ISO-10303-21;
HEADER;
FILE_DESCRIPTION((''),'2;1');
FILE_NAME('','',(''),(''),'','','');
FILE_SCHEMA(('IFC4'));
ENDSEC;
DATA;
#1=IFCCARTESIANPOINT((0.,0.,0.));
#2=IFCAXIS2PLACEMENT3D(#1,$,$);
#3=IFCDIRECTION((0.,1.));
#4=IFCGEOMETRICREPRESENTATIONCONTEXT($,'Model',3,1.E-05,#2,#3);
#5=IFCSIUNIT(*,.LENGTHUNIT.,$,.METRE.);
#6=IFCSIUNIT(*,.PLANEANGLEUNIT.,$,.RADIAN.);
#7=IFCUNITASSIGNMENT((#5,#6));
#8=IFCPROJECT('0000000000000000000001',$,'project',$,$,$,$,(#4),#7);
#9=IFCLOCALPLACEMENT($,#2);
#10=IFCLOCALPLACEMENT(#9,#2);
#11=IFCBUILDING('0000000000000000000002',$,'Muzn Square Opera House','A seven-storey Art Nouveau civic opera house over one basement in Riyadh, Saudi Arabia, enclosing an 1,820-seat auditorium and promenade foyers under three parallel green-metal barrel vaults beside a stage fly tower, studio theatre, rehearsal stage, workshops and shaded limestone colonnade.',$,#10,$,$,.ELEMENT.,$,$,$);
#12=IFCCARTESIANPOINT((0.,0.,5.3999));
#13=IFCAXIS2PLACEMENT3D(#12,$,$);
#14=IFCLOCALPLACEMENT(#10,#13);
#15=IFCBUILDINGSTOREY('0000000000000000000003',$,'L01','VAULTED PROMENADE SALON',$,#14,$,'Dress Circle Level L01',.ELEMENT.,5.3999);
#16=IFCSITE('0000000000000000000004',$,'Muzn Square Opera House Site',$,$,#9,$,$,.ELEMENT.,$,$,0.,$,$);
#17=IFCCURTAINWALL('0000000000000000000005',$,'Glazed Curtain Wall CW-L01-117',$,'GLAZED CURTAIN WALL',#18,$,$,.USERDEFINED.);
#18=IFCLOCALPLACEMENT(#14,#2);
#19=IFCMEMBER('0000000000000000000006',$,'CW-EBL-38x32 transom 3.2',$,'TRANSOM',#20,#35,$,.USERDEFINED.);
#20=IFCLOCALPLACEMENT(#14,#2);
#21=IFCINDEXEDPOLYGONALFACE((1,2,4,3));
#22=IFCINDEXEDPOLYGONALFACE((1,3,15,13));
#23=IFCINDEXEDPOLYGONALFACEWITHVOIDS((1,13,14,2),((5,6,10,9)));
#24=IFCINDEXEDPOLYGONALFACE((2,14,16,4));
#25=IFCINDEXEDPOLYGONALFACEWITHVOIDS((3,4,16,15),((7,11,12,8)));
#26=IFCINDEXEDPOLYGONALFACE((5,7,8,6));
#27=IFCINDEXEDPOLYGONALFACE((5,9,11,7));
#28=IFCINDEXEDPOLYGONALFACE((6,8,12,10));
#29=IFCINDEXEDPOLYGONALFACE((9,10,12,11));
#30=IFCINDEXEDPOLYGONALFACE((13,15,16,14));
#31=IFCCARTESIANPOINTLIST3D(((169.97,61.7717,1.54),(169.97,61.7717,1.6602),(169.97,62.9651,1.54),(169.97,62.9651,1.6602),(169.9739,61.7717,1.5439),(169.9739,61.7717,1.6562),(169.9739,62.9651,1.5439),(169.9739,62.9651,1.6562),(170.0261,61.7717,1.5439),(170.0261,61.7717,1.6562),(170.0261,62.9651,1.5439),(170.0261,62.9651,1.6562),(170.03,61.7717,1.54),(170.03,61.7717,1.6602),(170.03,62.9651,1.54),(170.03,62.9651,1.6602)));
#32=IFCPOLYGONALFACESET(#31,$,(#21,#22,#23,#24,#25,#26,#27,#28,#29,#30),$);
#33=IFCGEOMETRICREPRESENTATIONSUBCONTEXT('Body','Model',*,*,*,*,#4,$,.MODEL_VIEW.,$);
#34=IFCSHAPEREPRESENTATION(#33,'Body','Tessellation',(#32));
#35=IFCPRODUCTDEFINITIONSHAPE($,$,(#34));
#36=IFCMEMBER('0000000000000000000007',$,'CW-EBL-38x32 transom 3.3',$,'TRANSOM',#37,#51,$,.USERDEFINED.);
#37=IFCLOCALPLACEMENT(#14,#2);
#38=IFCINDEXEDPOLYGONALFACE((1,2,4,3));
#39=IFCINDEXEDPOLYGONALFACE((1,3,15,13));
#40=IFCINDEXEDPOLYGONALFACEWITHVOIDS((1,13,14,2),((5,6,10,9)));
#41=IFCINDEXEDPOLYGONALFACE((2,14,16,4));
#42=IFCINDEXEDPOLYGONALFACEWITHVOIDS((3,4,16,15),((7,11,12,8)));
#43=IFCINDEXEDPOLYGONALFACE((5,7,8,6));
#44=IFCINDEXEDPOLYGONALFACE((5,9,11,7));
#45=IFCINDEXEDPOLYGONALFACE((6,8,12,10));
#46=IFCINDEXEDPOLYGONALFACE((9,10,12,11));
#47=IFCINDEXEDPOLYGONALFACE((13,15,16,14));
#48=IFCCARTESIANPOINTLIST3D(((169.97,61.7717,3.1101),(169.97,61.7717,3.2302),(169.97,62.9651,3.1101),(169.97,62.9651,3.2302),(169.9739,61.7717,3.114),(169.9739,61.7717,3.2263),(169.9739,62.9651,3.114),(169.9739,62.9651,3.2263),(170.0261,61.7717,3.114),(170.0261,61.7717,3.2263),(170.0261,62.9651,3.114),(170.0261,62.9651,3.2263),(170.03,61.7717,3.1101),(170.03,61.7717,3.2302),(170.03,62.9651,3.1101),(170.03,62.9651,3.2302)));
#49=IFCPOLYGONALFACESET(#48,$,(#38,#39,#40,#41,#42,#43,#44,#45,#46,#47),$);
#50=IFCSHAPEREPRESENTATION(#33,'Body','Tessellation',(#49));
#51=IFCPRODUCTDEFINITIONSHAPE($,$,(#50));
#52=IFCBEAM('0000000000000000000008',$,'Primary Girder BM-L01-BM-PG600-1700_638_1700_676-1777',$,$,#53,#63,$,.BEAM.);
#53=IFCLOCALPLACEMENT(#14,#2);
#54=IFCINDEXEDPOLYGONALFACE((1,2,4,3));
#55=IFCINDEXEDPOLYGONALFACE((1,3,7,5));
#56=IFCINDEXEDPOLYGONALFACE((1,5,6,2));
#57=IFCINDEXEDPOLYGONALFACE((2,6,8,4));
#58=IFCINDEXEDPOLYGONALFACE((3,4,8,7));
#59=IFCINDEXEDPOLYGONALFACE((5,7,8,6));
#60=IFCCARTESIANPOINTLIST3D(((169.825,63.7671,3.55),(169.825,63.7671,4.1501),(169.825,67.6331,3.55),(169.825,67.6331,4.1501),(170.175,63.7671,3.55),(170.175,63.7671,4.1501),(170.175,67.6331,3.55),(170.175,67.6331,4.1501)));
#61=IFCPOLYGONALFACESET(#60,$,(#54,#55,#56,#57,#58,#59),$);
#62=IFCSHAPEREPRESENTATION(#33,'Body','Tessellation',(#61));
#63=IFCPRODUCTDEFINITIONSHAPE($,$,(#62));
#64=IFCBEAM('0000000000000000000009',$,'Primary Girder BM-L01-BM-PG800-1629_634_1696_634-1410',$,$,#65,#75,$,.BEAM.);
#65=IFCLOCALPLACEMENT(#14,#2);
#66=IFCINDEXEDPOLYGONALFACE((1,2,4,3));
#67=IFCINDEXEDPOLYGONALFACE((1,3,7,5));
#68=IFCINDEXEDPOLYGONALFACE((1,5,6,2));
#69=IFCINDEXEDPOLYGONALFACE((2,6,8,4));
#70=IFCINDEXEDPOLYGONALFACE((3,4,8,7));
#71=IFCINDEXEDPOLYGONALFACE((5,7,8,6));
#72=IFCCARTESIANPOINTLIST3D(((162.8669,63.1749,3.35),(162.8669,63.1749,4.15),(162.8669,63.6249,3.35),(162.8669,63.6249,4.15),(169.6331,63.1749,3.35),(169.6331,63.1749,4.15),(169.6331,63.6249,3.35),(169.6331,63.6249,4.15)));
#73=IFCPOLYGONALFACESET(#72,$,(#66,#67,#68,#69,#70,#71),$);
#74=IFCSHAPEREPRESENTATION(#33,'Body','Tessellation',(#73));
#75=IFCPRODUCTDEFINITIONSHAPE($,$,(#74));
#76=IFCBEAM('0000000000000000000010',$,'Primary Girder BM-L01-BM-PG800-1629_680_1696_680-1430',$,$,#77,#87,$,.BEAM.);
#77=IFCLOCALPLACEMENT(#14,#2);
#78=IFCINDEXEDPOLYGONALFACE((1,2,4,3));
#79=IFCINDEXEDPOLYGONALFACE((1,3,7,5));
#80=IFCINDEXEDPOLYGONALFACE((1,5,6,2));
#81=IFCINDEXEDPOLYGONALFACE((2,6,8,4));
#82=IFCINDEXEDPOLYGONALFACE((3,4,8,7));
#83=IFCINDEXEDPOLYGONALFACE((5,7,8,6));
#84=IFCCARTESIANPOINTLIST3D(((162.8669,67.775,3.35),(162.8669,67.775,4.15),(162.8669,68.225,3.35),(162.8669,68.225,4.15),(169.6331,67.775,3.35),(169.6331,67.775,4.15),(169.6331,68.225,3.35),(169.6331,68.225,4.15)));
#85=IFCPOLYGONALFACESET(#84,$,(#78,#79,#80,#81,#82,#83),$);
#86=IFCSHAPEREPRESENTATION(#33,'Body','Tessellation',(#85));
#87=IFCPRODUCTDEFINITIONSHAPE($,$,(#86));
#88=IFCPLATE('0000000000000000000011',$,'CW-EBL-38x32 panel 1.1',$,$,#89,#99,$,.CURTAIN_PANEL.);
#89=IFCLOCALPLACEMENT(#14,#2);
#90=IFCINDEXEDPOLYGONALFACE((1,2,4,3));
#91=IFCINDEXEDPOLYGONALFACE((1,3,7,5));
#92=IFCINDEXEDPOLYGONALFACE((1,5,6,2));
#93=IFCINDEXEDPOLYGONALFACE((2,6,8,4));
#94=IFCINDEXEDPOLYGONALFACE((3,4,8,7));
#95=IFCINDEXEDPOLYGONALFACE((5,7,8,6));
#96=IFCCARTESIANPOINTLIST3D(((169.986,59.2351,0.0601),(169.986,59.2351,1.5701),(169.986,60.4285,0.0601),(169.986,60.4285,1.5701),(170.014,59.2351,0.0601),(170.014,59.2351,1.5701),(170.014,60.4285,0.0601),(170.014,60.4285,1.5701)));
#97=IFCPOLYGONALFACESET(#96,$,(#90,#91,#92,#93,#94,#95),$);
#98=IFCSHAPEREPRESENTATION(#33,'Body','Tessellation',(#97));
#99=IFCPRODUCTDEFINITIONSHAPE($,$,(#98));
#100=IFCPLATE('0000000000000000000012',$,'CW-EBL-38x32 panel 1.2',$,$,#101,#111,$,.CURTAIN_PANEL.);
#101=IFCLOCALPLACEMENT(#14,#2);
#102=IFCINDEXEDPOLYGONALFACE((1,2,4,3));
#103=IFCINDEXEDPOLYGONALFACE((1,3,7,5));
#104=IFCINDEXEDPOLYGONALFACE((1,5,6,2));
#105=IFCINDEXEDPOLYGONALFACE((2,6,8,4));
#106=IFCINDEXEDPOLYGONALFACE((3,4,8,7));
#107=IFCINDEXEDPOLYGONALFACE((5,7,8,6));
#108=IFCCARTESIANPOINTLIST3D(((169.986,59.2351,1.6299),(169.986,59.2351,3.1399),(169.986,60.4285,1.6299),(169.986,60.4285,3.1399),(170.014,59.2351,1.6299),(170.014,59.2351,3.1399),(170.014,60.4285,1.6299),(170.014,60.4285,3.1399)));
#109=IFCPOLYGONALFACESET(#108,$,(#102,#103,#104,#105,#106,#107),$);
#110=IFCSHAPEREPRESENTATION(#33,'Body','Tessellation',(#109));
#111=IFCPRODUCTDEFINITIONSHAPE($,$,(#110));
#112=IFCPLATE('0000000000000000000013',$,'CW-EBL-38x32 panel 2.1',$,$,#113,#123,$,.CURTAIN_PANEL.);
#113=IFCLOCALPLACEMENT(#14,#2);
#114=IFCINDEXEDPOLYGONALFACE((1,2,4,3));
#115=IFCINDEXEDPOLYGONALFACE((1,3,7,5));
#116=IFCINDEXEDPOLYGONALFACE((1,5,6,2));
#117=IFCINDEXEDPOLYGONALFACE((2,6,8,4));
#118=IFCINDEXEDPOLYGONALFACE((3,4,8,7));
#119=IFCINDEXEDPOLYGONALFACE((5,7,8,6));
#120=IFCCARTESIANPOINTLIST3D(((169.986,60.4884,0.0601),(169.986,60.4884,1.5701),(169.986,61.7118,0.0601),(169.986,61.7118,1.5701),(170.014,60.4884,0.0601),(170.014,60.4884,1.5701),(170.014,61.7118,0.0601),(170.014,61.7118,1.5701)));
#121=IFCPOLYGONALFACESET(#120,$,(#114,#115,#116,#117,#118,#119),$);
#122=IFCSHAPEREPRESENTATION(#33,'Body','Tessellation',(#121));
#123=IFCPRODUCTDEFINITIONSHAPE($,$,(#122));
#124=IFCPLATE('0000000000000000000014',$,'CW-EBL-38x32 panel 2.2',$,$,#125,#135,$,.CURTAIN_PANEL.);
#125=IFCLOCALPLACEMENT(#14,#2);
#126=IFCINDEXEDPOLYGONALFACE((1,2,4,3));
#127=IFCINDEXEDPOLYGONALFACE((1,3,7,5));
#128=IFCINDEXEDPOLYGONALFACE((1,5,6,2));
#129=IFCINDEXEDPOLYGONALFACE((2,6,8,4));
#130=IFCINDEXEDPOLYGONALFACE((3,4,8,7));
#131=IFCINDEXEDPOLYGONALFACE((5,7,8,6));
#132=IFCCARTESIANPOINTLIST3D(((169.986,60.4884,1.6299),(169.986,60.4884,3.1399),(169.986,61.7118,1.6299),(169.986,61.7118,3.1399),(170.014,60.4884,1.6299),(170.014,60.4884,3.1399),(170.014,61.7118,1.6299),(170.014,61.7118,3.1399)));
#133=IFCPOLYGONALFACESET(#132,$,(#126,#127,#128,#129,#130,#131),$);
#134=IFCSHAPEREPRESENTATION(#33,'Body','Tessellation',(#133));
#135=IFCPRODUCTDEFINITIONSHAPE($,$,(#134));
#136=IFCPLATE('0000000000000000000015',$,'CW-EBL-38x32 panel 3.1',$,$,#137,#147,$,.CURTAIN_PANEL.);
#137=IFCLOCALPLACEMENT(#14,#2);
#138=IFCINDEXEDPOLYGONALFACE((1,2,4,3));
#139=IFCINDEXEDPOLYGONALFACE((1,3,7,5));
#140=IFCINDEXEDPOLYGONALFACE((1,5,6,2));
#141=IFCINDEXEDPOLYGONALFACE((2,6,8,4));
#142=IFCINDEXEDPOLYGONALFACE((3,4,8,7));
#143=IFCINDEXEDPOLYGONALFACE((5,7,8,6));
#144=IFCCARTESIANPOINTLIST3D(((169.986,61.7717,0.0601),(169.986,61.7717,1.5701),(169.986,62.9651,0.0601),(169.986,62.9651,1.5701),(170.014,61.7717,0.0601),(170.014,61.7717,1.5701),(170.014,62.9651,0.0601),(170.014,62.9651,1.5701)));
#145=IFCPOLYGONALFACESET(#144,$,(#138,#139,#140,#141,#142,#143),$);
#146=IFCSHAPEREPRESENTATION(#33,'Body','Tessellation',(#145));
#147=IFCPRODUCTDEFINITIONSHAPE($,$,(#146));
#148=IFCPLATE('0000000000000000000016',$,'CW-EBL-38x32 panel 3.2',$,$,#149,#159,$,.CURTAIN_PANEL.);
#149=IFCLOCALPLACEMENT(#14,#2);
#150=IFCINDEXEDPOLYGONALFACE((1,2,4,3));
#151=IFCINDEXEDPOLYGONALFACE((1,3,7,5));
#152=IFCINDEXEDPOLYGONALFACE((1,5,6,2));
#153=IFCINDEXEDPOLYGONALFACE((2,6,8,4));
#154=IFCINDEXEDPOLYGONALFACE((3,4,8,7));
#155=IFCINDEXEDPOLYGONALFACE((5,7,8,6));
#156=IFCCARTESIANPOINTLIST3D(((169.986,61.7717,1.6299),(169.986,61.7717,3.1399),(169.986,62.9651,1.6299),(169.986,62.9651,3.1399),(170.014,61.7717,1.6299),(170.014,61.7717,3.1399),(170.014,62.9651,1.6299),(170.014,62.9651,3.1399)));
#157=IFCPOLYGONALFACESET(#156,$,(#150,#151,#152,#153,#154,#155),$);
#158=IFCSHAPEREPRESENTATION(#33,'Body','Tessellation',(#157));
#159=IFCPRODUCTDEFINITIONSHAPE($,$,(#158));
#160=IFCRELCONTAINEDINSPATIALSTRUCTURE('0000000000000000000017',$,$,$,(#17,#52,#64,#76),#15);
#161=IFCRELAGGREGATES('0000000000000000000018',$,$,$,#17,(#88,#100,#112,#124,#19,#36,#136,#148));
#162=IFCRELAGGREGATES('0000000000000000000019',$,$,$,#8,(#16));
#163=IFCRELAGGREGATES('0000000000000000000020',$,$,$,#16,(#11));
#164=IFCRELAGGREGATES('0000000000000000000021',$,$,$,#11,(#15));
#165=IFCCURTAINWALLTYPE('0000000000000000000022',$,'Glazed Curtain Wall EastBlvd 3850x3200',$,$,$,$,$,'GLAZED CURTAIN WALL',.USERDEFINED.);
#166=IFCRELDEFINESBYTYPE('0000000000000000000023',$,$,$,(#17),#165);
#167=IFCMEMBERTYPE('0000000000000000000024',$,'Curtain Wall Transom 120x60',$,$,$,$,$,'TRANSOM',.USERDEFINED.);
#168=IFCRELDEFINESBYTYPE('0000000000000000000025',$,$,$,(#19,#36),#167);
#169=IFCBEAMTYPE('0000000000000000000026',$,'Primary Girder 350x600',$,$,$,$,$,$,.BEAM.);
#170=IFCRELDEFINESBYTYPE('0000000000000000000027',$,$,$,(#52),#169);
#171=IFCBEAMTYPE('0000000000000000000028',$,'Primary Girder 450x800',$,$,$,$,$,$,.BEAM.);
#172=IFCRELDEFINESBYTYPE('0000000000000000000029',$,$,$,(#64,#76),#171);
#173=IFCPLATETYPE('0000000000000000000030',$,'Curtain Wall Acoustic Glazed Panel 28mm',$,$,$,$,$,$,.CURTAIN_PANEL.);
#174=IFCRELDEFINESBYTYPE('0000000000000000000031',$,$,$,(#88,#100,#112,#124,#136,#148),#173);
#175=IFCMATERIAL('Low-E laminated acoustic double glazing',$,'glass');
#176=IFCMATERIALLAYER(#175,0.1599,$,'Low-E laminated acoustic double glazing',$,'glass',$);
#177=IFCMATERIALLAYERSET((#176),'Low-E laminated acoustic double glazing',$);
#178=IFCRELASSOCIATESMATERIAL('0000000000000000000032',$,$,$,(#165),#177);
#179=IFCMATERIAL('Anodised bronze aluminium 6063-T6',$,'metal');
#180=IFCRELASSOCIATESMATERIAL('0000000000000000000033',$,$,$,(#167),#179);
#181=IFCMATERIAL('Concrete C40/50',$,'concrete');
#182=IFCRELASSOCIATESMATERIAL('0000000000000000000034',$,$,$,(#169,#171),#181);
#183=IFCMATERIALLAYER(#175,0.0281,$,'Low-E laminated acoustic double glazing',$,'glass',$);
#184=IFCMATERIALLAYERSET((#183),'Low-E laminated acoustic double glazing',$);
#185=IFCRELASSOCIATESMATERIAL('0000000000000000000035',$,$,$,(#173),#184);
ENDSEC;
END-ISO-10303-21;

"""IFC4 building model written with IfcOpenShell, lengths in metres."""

from ifc_helpers import new_model, si_unit, direction, frame, origin, origin_2d, place, context, subcontext, project, spatial, rectangle, hollow_rectangle, extrude, material, layer, layer_set, material_profile, profile_set, type_object, element, aggregate, save


model = new_model("IFC4")

# Units and contexts
model_context = context("Model", 3, precision=1e-05, world=origin(), true_north=direction((0.0, 1.0)))
body_context = subcontext(model_context, "Body", "Model", "MODEL_VIEW")
ifc_project = project(units=[si_unit("LENGTHUNIT", "METRE"), si_unit("PLANEANGLEUNIT", "RADIAN")], contexts=[model_context])

# Site, building, storey
site_placement = place(None, origin())
site = spatial("IfcSite", under=ifc_project, at=site_placement, Name="Muzn Square Opera House Site", CompositionType="ELEMENT", RefElevation=0.0)
building_placement = place(site_placement, origin())
building = spatial("IfcBuilding", under=site, at=building_placement, Name="Muzn Square Opera House", Description="A seven-storey Art Nouveau civic opera house over one basement in Riyadh, Saudi Arabia, enclosing an 1,820-seat auditorium and promenade foyers under three parallel green-metal barrel vaults beside a stage fly tower, studio theatre, rehearsal stage, workshops and shaded limestone colonnade.", CompositionType="ELEMENT")
storey_placement = place(building_placement, frame((0.0, 0.0, 5.3999)))
storey = spatial("IfcBuildingStorey", under=building, at=storey_placement, Name="L01", Description="VAULTED PROMENADE SALON", LongName="Dress Circle Level L01", CompositionType="ELEMENT", Elevation=5.3999)

# Curtain wall, members
ifc_material_1 = material(Name="Low-E laminated acoustic double glazing", Category="glass")
ifc_layer_1 = layer(ifc_material_1, 0.1599, Name="Low-E laminated acoustic double glazing", Category="glass")
ifc_layer_set_1 = layer_set([ifc_layer_1], Name="Low-E laminated acoustic double glazing")
curtain_wall_type = type_object("IfcCurtainWallType", Name="Glazed Curtain Wall EastBlvd 3850x3200", ElementType="GLAZED CURTAIN WALL", PredefinedType="USERDEFINED", material=ifc_layer_set_1)
curtain_wall_placement = place(storey_placement, origin())
curtain_wall = element("IfcCurtainWall", 1, at=curtain_wall_placement, inside=storey, type_object=curtain_wall_type, Name="Glazed Curtain Wall CW-L01-117", ObjectType="GLAZED CURTAIN WALL", PredefinedType="USERDEFINED")
ifc_material_2 = material(Name="Anodised bronze aluminium 6063-T6", Category="metal")
ifc_material_profile_1 = material_profile(ifc_material_2, hollow_rectangle(XDim=0.0601, YDim=0.1201, WallThickness=0.0039, at=origin_2d()), Name="ALU 120x60x4", Category="metal")
ifc_profile_set_1 = profile_set([ifc_material_profile_1], Name="Anodised bronze aluminium 6063-T6")
member_type_1 = type_object("IfcMemberType", Name="Curtain Wall Transom 120x60", ElementType="TRANSOM", PredefinedType="USERDEFINED", material=ifc_profile_set_1)
member_1_placement = place(storey_placement, frame((170.0, 61.7717, 1.6001), z_axis=(0.0, 1.0, 0.0), x_axis=(-1.0, 0.0, 0.0)))
member_1 = element("IfcMember", 2, at=member_1_placement, type_object=member_type_1, Name="CW-EBL-38x32 transom 3.2", ObjectType="TRANSOM", PredefinedType="USERDEFINED", context=body_context, shape_type="SweptSolid", body=[
    extrude(hollow_rectangle(XDim=0.0601, YDim=0.1201, WallThickness=0.0039, at=origin_2d()), origin(), (0.0, 0.0, 1.0), 1.1934),
])
member_2_placement = place(storey_placement, frame((170.0, 61.7717, 3.1702), z_axis=(0.0, 1.0, 0.0), x_axis=(-1.0, 0.0, 0.0)))
member_2 = element("IfcMember", 3, at=member_2_placement, type_object=member_type_1, Name="CW-EBL-38x32 transom 3.3", ObjectType="TRANSOM", PredefinedType="USERDEFINED", context=body_context, shape_type="SweptSolid", body=[
    extrude(hollow_rectangle(XDim=0.0601, YDim=0.1201, WallThickness=0.0039, at=origin_2d()), origin(), (0.0, 0.0, 1.0), 1.1934),
])

# Beams
ifc_material_3 = material(Name="Concrete C40/50", Category="concrete")
ifc_material_profile_2 = material_profile(ifc_material_3, rectangle(XDim=0.3501, YDim=0.6001, at=origin_2d()), Name="RCB 350x600", Category="concrete")
ifc_profile_set_2 = profile_set([ifc_material_profile_2], Name="Concrete C40/50")
beam_type_1 = type_object("IfcBeamType", Name="Primary Girder 350x600", PredefinedType="BEAM", material=ifc_profile_set_2)
beam_placement = place(storey_placement, frame((170.0, 63.7671, 3.8501), z_axis=(0.0, 1.0, 0.0), x_axis=(-1.0, 0.0, 0.0)))
element("IfcBeam", 4, at=beam_placement, inside=storey, type_object=beam_type_1, Name="Primary Girder BM-L01-BM-PG600-1700_638_1700_676-1777", PredefinedType="BEAM", context=body_context, shape_type="SweptSolid", body=[
    extrude(rectangle(XDim=0.3501, YDim=0.6001, at=origin_2d()), origin(), (0.0, 0.0, 1.0), 3.866),
])
ifc_material_profile_3 = material_profile(ifc_material_3, rectangle(XDim=0.45, YDim=0.8, at=origin_2d()), Name="RCB 450x800", Category="concrete")
ifc_profile_set_3 = profile_set([ifc_material_profile_3], Name="Concrete C40/50")
beam_type_2 = type_object("IfcBeamType", Name="Primary Girder 450x800", PredefinedType="BEAM", material=ifc_profile_set_3)
for number, where, z_axis, x_axis, name in (
    (5, (162.8669, 63.3999, 3.75), (1.0, 0.0, 0.0), (0.0, 1.0, 0.0), "Primary Girder BM-L01-BM-PG800-1629_634_1696_634-1410"),
    (6, (162.8669, 68.0, 3.75), (1.0, 0.0, 0.0), (0.0, 1.0, 0.0), "Primary Girder BM-L01-BM-PG800-1629_680_1696_680-1430"),
):
    element("IfcBeam", number, at=place(storey_placement, frame(where, z_axis=z_axis, x_axis=x_axis)), inside=storey, type_object=beam_type_2, Name=name, PredefinedType="BEAM", context=body_context, shape_type="SweptSolid", body=[
        extrude(rectangle(XDim=0.45, YDim=0.8, at=origin_2d()), origin(), (0.0, 0.0, 1.0), 6.7661),
    ])

# Plates
ifc_layer_2 = layer(ifc_material_1, 0.0281, Name="Low-E laminated acoustic double glazing", Category="glass")
ifc_layer_set_2 = layer_set([ifc_layer_2], Name="Low-E laminated acoustic double glazing")
plate_type = type_object("IfcPlateType", Name="Curtain Wall Acoustic Glazed Panel 28mm", PredefinedType="CURTAIN_PANEL", material=ifc_layer_set_2)
plate_1_placement = place(storey_placement, frame((170.0, 59.8318, 0.0601), z_axis=(0.0, 0.0, 1.0), x_axis=(0.0, 1.0, 0.0)))
plate_1 = element("IfcPlate", 7, at=plate_1_placement, type_object=plate_type, Name="CW-EBL-38x32 panel 1.1", PredefinedType="CURTAIN_PANEL", context=body_context, shape_type="SweptSolid", body=[
    extrude(rectangle(XDim=1.1934, YDim=0.0281, at=origin_2d()), origin(), (0.0, 0.0, 1.0), 1.51),
])
plate_2_placement = place(storey_placement, frame((170.0, 59.8318, 1.6299), z_axis=(0.0, 0.0, 1.0), x_axis=(0.0, 1.0, 0.0)))
plate_2 = element("IfcPlate", 8, at=plate_2_placement, type_object=plate_type, Name="CW-EBL-38x32 panel 1.2", PredefinedType="CURTAIN_PANEL", context=body_context, shape_type="SweptSolid", body=[
    extrude(rectangle(XDim=1.1934, YDim=0.0281, at=origin_2d()), origin(), (0.0, 0.0, 1.0), 1.51),
])
plate_3_placement = place(storey_placement, frame((170.0, 61.1001, 0.0601), z_axis=(0.0, 0.0, 1.0), x_axis=(0.0, 1.0, 0.0)))
plate_3 = element("IfcPlate", 9, at=plate_3_placement, type_object=plate_type, Name="CW-EBL-38x32 panel 2.1", PredefinedType="CURTAIN_PANEL", context=body_context, shape_type="SweptSolid", body=[
    extrude(rectangle(XDim=1.2234, YDim=0.0281, at=origin_2d()), origin(), (0.0, 0.0, 1.0), 1.51),
])
plate_4_placement = place(storey_placement, frame((170.0, 61.1001, 1.6299), z_axis=(0.0, 0.0, 1.0), x_axis=(0.0, 1.0, 0.0)))
plate_4 = element("IfcPlate", 10, at=plate_4_placement, type_object=plate_type, Name="CW-EBL-38x32 panel 2.2", PredefinedType="CURTAIN_PANEL", context=body_context, shape_type="SweptSolid", body=[
    extrude(rectangle(XDim=1.2234, YDim=0.0281, at=origin_2d()), origin(), (0.0, 0.0, 1.0), 1.51),
])
plate_5_placement = place(storey_placement, frame((170.0, 62.3684, 0.0601), z_axis=(0.0, 0.0, 1.0), x_axis=(0.0, 1.0, 0.0)))
plate_5 = element("IfcPlate", 11, at=plate_5_placement, type_object=plate_type, Name="CW-EBL-38x32 panel 3.1", PredefinedType="CURTAIN_PANEL", context=body_context, shape_type="SweptSolid", body=[
    extrude(rectangle(XDim=1.1934, YDim=0.0281, at=origin_2d()), origin(), (0.0, 0.0, 1.0), 1.51),
])
plate_6_placement = place(storey_placement, frame((170.0, 62.3684, 1.6299), z_axis=(0.0, 0.0, 1.0), x_axis=(0.0, 1.0, 0.0)))
plate_6 = element("IfcPlate", 12, at=plate_6_placement, type_object=plate_type, Name="CW-EBL-38x32 panel 3.2", PredefinedType="CURTAIN_PANEL", context=body_context, shape_type="SweptSolid", body=[
    extrude(rectangle(XDim=1.1934, YDim=0.0281, at=origin_2d()), origin(), (0.0, 0.0, 1.0), 1.51),
])
aggregate(curtain_wall, [plate_1, plate_2, plate_3, plate_4, member_1, member_2, plate_5, plate_6])

save(model, "model.ifc")
